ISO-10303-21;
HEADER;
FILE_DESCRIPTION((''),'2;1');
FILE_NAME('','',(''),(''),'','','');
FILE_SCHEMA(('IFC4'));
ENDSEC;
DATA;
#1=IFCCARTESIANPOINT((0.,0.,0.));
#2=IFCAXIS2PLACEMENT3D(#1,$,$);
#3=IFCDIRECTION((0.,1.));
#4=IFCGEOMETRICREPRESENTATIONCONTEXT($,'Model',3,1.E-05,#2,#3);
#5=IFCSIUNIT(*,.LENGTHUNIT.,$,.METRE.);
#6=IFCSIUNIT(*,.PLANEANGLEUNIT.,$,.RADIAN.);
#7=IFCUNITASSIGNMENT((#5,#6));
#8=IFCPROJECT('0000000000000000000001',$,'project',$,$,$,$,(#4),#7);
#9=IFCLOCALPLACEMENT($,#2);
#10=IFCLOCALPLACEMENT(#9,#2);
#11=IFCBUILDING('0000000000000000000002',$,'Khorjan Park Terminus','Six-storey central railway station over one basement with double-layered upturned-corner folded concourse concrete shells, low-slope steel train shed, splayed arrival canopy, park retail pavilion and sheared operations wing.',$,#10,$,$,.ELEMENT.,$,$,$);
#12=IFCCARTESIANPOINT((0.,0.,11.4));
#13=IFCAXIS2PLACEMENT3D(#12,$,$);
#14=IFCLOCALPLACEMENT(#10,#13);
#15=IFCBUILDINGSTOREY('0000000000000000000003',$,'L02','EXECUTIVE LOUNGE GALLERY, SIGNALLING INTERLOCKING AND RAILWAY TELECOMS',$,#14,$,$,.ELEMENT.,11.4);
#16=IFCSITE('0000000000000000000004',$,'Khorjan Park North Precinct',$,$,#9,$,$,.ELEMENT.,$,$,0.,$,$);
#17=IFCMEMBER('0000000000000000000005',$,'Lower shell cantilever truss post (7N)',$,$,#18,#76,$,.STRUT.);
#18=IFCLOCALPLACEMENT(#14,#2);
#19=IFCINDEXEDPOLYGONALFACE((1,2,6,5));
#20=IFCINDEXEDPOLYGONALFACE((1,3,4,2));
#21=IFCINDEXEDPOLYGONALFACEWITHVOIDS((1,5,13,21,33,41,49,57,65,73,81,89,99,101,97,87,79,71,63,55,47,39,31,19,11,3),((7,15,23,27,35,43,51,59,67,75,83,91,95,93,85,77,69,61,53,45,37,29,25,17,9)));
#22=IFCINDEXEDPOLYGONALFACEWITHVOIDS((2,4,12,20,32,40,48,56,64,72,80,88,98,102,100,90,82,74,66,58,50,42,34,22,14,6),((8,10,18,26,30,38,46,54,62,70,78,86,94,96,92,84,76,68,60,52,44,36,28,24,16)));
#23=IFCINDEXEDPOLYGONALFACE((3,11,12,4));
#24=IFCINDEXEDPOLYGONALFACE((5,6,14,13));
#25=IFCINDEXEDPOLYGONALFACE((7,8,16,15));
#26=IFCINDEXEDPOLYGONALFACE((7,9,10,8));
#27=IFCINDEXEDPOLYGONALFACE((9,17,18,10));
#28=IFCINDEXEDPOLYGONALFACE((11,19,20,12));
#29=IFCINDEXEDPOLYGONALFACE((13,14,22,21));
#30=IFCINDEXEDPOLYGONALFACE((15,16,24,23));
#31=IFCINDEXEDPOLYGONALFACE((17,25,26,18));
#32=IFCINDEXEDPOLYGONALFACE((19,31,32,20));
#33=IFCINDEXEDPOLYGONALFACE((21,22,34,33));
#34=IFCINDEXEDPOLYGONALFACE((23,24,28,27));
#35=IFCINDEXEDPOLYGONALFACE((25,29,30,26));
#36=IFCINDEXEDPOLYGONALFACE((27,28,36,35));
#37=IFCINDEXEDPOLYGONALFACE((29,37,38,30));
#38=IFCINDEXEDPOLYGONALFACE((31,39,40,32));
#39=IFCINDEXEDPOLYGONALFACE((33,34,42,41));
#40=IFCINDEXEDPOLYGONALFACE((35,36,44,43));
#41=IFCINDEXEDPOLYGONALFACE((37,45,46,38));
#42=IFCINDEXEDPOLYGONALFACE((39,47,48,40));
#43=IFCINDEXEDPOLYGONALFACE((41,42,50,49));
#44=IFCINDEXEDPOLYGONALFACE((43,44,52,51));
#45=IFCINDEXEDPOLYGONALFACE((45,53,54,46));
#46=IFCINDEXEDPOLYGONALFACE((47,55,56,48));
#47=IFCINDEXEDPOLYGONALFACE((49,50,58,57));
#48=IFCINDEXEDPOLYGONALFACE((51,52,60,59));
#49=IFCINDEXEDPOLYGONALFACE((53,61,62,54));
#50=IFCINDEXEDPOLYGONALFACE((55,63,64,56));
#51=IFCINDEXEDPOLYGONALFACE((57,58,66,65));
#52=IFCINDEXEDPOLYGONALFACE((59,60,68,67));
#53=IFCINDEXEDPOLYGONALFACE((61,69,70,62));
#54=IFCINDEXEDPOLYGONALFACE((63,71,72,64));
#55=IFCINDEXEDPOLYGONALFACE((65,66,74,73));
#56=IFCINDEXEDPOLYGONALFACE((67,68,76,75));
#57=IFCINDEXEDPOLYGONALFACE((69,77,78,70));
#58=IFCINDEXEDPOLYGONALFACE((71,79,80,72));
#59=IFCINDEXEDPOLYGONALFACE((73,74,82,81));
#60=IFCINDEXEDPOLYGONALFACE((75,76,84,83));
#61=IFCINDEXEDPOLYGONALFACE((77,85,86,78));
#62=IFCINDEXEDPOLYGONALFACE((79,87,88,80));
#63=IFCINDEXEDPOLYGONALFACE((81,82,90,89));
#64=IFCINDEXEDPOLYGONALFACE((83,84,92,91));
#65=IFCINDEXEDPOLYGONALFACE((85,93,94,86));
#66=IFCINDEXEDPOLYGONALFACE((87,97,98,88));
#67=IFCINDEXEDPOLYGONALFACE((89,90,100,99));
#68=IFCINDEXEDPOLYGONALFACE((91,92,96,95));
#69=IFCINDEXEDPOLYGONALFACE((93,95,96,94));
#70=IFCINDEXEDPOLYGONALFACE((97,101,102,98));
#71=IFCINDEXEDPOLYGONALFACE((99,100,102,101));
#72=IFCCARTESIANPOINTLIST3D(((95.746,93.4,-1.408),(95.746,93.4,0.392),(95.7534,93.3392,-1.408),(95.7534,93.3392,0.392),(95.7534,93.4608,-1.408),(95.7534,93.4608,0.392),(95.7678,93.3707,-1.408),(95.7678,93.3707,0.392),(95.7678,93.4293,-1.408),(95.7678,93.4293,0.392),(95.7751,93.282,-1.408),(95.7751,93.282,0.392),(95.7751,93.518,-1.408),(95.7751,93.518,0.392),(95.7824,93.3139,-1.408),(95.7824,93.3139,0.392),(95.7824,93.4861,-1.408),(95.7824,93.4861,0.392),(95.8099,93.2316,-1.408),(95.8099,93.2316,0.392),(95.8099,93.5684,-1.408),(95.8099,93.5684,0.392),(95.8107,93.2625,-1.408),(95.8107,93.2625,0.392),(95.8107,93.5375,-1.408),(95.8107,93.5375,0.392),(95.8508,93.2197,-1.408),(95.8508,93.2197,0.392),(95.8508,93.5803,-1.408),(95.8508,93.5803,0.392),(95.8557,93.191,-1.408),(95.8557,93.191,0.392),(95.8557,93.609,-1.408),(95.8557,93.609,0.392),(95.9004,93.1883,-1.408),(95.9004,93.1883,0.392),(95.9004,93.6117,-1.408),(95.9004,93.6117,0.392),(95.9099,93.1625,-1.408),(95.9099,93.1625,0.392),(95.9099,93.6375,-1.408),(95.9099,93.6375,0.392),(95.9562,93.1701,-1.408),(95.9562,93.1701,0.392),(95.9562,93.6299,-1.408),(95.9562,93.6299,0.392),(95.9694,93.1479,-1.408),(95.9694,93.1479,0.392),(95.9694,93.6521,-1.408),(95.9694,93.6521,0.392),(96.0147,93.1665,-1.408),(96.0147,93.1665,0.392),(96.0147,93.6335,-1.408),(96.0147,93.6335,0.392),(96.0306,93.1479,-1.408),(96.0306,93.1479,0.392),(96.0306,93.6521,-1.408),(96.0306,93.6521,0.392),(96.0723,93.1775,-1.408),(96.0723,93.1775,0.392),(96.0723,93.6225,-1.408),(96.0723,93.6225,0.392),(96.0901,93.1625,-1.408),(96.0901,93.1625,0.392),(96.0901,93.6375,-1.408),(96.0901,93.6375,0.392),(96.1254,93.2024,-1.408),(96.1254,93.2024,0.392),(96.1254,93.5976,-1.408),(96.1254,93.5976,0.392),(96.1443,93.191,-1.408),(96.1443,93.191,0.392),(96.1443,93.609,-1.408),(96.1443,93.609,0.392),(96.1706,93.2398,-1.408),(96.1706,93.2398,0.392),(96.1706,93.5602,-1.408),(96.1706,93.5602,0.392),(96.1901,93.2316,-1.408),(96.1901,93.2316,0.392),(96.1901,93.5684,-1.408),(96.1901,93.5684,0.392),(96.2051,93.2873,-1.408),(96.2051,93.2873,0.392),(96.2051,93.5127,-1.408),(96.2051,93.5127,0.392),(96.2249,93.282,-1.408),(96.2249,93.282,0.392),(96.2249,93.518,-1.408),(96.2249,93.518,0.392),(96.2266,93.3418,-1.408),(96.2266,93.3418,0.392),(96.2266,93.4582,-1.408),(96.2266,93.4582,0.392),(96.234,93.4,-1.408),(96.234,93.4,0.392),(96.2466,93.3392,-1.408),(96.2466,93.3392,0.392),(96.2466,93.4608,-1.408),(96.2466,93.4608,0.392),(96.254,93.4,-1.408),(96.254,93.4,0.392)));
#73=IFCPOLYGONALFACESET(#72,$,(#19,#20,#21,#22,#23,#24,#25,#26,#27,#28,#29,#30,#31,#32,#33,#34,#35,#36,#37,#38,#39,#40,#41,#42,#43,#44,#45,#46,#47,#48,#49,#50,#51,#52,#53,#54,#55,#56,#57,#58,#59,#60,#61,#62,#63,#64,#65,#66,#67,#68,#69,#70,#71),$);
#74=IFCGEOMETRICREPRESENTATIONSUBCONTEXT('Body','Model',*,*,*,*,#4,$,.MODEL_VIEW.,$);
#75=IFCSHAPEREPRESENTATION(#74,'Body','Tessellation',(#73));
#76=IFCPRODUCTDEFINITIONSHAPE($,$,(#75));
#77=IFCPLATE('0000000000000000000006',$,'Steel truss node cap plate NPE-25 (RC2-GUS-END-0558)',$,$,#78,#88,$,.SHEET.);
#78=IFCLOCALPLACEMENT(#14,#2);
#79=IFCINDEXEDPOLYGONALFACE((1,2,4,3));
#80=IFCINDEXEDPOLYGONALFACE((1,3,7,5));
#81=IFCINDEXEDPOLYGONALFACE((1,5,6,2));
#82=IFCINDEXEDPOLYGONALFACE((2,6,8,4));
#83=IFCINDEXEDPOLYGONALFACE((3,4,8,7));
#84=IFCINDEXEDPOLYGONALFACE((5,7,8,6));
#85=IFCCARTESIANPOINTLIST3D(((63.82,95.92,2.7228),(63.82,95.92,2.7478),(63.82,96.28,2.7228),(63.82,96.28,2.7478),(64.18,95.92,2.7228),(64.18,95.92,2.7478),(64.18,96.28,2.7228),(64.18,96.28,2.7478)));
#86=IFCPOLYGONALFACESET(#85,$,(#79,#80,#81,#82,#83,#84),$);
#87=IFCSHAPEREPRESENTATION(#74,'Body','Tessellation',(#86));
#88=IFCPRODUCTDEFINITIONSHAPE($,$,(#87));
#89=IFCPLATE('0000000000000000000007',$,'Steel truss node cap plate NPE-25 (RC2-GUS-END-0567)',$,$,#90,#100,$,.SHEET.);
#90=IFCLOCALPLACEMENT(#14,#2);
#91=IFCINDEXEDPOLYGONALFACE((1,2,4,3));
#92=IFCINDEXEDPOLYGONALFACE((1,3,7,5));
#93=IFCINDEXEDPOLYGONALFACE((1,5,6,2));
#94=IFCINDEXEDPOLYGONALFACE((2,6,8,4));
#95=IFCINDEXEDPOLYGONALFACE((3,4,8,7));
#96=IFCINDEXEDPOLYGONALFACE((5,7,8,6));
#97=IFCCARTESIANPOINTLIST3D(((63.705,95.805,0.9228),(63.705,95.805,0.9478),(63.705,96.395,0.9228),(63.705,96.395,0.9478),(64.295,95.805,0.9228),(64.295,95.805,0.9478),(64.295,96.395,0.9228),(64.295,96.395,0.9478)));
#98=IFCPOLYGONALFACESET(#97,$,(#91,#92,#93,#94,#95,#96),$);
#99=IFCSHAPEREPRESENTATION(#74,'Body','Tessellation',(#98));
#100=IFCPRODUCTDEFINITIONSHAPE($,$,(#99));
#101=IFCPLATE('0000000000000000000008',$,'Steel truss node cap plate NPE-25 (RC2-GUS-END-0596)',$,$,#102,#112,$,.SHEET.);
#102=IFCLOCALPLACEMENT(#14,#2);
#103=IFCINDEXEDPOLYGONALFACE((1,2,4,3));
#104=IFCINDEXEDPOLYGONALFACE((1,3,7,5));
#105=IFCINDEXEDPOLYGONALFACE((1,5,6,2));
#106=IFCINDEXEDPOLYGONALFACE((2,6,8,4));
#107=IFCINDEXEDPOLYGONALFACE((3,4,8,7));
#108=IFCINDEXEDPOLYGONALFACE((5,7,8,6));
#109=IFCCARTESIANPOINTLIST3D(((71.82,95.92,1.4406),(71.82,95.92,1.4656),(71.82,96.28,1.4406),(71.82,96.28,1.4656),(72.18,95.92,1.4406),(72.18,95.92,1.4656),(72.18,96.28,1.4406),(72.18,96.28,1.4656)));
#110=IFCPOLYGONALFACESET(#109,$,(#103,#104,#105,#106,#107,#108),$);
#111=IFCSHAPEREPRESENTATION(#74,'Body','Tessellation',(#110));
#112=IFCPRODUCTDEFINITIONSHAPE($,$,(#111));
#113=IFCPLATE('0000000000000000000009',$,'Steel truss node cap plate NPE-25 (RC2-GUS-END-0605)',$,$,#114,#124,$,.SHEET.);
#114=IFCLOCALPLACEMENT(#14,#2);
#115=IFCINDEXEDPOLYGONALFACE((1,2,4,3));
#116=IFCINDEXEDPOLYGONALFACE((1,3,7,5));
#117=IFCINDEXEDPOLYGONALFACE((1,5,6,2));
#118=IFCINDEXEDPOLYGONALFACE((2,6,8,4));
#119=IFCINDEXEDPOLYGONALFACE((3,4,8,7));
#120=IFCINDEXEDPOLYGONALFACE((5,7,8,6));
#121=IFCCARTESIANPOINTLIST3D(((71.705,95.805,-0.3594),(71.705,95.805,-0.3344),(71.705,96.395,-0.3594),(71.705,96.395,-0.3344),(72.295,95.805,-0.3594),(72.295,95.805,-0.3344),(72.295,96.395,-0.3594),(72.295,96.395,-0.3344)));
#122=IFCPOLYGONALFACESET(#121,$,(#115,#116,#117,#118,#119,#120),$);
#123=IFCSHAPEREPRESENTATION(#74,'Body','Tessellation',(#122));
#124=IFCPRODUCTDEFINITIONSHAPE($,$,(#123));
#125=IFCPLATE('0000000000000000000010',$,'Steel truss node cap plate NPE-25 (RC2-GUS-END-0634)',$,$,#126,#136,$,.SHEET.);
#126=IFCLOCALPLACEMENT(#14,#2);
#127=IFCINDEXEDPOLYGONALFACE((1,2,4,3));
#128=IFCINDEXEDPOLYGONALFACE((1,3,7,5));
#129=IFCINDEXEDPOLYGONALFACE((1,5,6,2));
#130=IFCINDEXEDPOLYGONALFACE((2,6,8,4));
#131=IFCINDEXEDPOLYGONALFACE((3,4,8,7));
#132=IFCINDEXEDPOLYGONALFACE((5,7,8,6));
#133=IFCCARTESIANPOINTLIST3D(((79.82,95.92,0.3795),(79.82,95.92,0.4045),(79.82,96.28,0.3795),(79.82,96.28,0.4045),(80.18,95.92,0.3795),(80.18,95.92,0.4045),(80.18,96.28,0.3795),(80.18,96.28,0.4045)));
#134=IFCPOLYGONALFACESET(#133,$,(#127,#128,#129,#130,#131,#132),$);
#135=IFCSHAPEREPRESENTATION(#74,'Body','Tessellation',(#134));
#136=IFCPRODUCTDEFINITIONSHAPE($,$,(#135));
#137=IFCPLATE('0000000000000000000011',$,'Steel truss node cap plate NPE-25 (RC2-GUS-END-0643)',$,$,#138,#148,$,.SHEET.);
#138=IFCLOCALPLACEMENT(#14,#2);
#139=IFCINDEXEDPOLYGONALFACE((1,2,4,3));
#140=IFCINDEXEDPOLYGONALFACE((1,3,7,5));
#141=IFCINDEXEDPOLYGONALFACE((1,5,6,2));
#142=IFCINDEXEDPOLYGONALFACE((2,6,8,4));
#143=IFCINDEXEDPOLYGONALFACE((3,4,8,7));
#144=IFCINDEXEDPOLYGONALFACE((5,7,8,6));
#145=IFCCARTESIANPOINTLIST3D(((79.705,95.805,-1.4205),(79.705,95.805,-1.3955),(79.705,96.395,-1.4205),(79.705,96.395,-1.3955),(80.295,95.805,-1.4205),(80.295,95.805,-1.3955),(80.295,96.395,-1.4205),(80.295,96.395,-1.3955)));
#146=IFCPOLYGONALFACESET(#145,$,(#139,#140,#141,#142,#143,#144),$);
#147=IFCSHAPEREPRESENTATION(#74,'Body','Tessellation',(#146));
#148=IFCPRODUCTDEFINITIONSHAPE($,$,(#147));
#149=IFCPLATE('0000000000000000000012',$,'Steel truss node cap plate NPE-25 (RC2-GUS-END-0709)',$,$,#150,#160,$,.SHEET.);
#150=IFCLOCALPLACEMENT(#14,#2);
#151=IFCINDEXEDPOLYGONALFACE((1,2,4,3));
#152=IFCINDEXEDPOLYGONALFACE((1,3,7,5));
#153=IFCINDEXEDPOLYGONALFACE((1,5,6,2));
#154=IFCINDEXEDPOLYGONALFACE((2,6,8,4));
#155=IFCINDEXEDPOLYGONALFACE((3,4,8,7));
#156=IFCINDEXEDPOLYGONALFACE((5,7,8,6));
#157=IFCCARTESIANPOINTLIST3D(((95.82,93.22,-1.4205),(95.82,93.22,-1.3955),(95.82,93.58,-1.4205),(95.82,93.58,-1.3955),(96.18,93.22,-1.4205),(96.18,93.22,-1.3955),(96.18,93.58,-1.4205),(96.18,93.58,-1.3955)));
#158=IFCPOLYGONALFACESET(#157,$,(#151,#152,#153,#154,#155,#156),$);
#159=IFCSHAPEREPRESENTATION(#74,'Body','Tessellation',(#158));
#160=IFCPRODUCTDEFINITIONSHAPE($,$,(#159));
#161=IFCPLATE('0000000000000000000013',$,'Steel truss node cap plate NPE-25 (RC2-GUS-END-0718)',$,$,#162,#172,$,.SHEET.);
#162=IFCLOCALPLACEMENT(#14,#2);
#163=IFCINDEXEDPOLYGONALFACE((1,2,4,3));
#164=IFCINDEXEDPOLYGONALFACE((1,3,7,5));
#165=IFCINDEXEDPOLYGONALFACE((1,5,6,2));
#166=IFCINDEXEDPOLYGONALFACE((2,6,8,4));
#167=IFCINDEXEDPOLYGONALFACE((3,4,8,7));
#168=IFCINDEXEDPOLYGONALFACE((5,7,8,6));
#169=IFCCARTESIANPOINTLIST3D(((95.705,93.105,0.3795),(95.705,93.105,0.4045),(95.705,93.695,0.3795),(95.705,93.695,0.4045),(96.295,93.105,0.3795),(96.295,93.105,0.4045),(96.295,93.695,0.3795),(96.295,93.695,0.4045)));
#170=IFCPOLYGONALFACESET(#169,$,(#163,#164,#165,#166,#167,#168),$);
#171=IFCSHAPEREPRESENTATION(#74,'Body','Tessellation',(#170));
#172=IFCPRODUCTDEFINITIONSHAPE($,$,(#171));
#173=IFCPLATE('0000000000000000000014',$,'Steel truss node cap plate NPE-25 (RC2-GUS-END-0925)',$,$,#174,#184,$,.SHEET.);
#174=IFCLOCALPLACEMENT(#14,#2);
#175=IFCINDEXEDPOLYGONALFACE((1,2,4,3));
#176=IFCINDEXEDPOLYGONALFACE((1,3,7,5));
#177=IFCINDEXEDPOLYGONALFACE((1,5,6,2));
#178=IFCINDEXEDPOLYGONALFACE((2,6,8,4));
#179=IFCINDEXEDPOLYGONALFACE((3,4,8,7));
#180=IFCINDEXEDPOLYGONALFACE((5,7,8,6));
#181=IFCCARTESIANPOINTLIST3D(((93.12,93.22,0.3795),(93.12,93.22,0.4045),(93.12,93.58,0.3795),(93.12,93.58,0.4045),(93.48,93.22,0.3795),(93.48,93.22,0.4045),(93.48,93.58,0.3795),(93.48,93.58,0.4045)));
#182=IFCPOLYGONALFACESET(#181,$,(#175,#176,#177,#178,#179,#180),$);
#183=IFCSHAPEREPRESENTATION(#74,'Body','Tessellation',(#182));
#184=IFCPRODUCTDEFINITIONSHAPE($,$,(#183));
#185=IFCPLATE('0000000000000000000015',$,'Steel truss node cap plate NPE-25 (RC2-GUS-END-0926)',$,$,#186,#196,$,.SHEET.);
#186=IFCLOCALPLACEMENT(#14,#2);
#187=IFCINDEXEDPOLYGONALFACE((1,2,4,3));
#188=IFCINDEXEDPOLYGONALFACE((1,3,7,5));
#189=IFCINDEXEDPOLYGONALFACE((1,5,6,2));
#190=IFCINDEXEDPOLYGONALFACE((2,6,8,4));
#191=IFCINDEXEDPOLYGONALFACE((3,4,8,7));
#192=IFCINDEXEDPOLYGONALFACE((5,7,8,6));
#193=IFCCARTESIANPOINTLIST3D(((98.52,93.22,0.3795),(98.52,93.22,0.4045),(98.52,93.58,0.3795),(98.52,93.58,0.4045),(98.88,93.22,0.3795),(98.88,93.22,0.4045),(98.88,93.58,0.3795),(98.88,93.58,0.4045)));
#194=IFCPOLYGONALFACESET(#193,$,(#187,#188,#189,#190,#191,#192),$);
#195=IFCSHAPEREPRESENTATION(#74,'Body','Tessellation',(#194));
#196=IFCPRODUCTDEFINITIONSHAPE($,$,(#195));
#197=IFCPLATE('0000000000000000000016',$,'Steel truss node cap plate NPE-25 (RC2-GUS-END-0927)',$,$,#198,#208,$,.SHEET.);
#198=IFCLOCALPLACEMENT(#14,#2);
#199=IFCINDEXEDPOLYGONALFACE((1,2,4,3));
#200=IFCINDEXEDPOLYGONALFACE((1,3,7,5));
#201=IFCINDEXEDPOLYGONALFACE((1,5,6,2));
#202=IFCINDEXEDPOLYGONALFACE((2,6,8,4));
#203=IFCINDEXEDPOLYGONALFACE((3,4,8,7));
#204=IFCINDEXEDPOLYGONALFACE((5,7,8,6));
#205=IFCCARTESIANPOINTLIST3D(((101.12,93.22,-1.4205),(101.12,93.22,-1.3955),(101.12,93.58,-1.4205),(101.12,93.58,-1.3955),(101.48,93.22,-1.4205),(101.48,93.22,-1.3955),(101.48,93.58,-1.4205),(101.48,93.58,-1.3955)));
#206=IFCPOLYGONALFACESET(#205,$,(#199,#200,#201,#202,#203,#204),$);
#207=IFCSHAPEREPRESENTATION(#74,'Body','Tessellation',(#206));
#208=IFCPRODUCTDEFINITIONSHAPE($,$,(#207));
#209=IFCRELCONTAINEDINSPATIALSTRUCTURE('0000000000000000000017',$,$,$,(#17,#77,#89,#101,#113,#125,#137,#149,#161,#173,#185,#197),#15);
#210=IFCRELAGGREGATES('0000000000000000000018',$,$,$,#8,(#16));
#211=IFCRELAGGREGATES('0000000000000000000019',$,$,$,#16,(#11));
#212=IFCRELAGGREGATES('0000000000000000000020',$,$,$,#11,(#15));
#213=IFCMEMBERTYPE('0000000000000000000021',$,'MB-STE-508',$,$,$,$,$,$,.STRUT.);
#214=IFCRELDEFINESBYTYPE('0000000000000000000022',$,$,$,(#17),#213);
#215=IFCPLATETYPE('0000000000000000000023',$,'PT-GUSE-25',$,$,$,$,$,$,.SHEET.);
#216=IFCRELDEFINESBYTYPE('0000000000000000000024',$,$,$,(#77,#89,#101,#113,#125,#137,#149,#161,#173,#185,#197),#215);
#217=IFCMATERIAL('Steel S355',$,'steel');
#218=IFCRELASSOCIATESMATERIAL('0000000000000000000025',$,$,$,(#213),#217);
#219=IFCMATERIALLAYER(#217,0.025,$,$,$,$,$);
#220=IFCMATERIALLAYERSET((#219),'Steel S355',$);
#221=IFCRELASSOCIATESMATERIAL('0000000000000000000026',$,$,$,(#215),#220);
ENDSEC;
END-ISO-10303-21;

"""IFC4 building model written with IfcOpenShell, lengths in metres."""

from ifc_helpers import new_model, si_unit, direction, frame, origin, origin_2d, place, context, subcontext, project, spatial, rectangle, hollow_circle, extrude, material, layer, layer_set, material_profile, profile_set, type_object, element, save


model = new_model("IFC4")

# Units and contexts
model_context = context("Model", 3, precision=1e-05, world=origin(), true_north=direction((0.0, 1.0)))
body_context = subcontext(model_context, "Body", "Model", "MODEL_VIEW")
ifc_project = project(units=[si_unit("LENGTHUNIT", "METRE"), si_unit("PLANEANGLEUNIT", "RADIAN")], contexts=[model_context])

# Site, building, storey
site_placement = place(None, origin())
site = spatial("IfcSite", under=ifc_project, at=site_placement, Name="Khorjan Park North Precinct", CompositionType="ELEMENT", RefElevation=0.0)
building_placement = place(site_placement, origin())
building = spatial("IfcBuilding", under=site, at=building_placement, Name="Khorjan Park Terminus", Description="Six-storey central railway station over one basement with double-layered upturned-corner folded concourse concrete shells, low-slope steel train shed, splayed arrival canopy, park retail pavilion and sheared operations wing.", CompositionType="ELEMENT")
storey_placement = place(building_placement, frame((0.0, 0.0, 11.4)))
storey = spatial("IfcBuildingStorey", under=building, at=storey_placement, Name="L02", Description="EXECUTIVE LOUNGE GALLERY, SIGNALLING INTERLOCKING AND RAILWAY TELECOMS", CompositionType="ELEMENT", Elevation=11.4)

# Member
ifc_material_1 = material(Name="Steel S355", Category="steel")
ifc_material_profile_1 = material_profile(ifc_material_1, hollow_circle(Radius=0.254, WallThickness=0.02, at=origin_2d()), Name="CHS 508x20")
ifc_profile_set_1 = profile_set([ifc_material_profile_1], Name="Steel S355")
member_type_1 = type_object("IfcMemberType", Name="MB-STE-508", PredefinedType="STRUT", material=ifc_profile_set_1)
for number, where, z_axis, x_axis, name in (
    (1, (96.0, 93.4, -1.408), (0.0, 0.0, 1.0), (1.0, 0.0, 0.0), "Lower shell cantilever truss post (7N)"),
):
    element("IfcMember", number, at=place(storey_placement, frame(where, z_axis=z_axis, x_axis=x_axis)), inside=storey, type_object=member_type_1, Name=name, PredefinedType="STRUT", context=body_context, shape_type="SweptSolid", body=[
        extrude(hollow_circle(Radius=0.254, WallThickness=0.02, at=origin_2d()), origin(), (0.0, 0.0, 1.0), 1.8),
    ])

# Plates
ifc_layer_1 = layer(ifc_material_1, 0.025)
ifc_layer_set_1 = layer_set([ifc_layer_1], Name="Steel S355")
plate_type = type_object("IfcPlateType", Name="PT-GUSE-25", PredefinedType="SHEET", material=ifc_layer_set_1)
plate_1_placement = place(storey_placement, frame((64.0, 96.1, 2.7228), z_axis=(0.0, 0.0, 1.0), x_axis=(1.0, 0.0, 0.0)))
element("IfcPlate", 2, at=plate_1_placement, inside=storey, type_object=plate_type, Name="Steel truss node cap plate NPE-25 (RC2-GUS-END-0558)", PredefinedType="SHEET", context=body_context, shape_type="SweptSolid", body=[
    extrude(rectangle(XDim=0.36, YDim=0.36, at=origin_2d()), origin(), (0.0, 0.0, 1.0), 0.025),
])
plate_2_placement = place(storey_placement, frame((64.0, 96.1, 0.9228), z_axis=(0.0, 0.0, 1.0), x_axis=(1.0, 0.0, 0.0)))
element("IfcPlate", 3, at=plate_2_placement, inside=storey, type_object=plate_type, Name="Steel truss node cap plate NPE-25 (RC2-GUS-END-0567)", PredefinedType="SHEET", context=body_context, shape_type="SweptSolid", body=[
    extrude(rectangle(XDim=0.59, YDim=0.59, at=origin_2d()), origin(), (0.0, 0.0, 1.0), 0.025),
])
plate_3_placement = place(storey_placement, frame((72.0, 96.1, 1.4406), z_axis=(0.0, 0.0, 1.0), x_axis=(1.0, 0.0, 0.0)))
element("IfcPlate", 4, at=plate_3_placement, inside=storey, type_object=plate_type, Name="Steel truss node cap plate NPE-25 (RC2-GUS-END-0596)", PredefinedType="SHEET", context=body_context, shape_type="SweptSolid", body=[
    extrude(rectangle(XDim=0.36, YDim=0.36, at=origin_2d()), origin(), (0.0, 0.0, 1.0), 0.025),
])
plate_4_placement = place(storey_placement, frame((72.0, 96.1, -0.3594), z_axis=(0.0, 0.0, 1.0), x_axis=(1.0, 0.0, 0.0)))
element("IfcPlate", 5, at=plate_4_placement, inside=storey, type_object=plate_type, Name="Steel truss node cap plate NPE-25 (RC2-GUS-END-0605)", PredefinedType="SHEET", context=body_context, shape_type="SweptSolid", body=[
    extrude(rectangle(XDim=0.59, YDim=0.59, at=origin_2d()), origin(), (0.0, 0.0, 1.0), 0.025),
])
plate_5_placement = place(storey_placement, frame((80.0, 96.1, 0.3795), z_axis=(0.0, 0.0, 1.0), x_axis=(1.0, 0.0, 0.0)))
element("IfcPlate", 6, at=plate_5_placement, inside=storey, type_object=plate_type, Name="Steel truss node cap plate NPE-25 (RC2-GUS-END-0634)", PredefinedType="SHEET", context=body_context, shape_type="SweptSolid", body=[
    extrude(rectangle(XDim=0.36, YDim=0.36, at=origin_2d()), origin(), (0.0, 0.0, 1.0), 0.025),
])
plate_6_placement = place(storey_placement, frame((80.0, 96.1, -1.4205), z_axis=(0.0, 0.0, 1.0), x_axis=(1.0, 0.0, 0.0)))
element("IfcPlate", 7, at=plate_6_placement, inside=storey, type_object=plate_type, Name="Steel truss node cap plate NPE-25 (RC2-GUS-END-0643)", PredefinedType="SHEET", context=body_context, shape_type="SweptSolid", body=[
    extrude(rectangle(XDim=0.59, YDim=0.59, at=origin_2d()), origin(), (0.0, 0.0, 1.0), 0.025),
])
plate_7_placement = place(storey_placement, frame((96.0, 93.4, -1.4205), z_axis=(0.0, 0.0, 1.0), x_axis=(1.0, 0.0, 0.0)))
element("IfcPlate", 8, at=plate_7_placement, inside=storey, type_object=plate_type, Name="Steel truss node cap plate NPE-25 (RC2-GUS-END-0709)", PredefinedType="SHEET", context=body_context, shape_type="SweptSolid", body=[
    extrude(rectangle(XDim=0.36, YDim=0.36, at=origin_2d()), origin(), (0.0, 0.0, 1.0), 0.025),
])
plate_8_placement = place(storey_placement, frame((96.0, 93.4, 0.3795), z_axis=(0.0, 0.0, 1.0), x_axis=(1.0, 0.0, 0.0)))
element("IfcPlate", 9, at=plate_8_placement, inside=storey, type_object=plate_type, Name="Steel truss node cap plate NPE-25 (RC2-GUS-END-0718)", PredefinedType="SHEET", context=body_context, shape_type="SweptSolid", body=[
    extrude(rectangle(XDim=0.59, YDim=0.59, at=origin_2d()), origin(), (0.0, 0.0, 1.0), 0.025),
])
for number, where, z_axis, x_axis, name in (
    (10, (93.3, 93.4, 0.3795), (0.0, 0.0, 1.0), (1.0, 0.0, 0.0), "Steel truss node cap plate NPE-25 (RC2-GUS-END-0925)"),
    (11, (98.7, 93.4, 0.3795), (0.0, 0.0, 1.0), (1.0, 0.0, 0.0), "Steel truss node cap plate NPE-25 (RC2-GUS-END-0926)"),
    (12, (101.3, 93.4, -1.4205), (0.0, 0.0, 1.0), (1.0, 0.0, 0.0), "Steel truss node cap plate NPE-25 (RC2-GUS-END-0927)"),
):
    element("IfcPlate", number, at=place(storey_placement, frame(where, z_axis=z_axis, x_axis=x_axis)), inside=storey, type_object=plate_type, Name=name, PredefinedType="SHEET", context=body_context, shape_type="SweptSolid", body=[
        extrude(rectangle(XDim=0.36, YDim=0.36, at=origin_2d()), origin(), (0.0, 0.0, 1.0), 0.025),
    ])

save(model, "model.ifc")
